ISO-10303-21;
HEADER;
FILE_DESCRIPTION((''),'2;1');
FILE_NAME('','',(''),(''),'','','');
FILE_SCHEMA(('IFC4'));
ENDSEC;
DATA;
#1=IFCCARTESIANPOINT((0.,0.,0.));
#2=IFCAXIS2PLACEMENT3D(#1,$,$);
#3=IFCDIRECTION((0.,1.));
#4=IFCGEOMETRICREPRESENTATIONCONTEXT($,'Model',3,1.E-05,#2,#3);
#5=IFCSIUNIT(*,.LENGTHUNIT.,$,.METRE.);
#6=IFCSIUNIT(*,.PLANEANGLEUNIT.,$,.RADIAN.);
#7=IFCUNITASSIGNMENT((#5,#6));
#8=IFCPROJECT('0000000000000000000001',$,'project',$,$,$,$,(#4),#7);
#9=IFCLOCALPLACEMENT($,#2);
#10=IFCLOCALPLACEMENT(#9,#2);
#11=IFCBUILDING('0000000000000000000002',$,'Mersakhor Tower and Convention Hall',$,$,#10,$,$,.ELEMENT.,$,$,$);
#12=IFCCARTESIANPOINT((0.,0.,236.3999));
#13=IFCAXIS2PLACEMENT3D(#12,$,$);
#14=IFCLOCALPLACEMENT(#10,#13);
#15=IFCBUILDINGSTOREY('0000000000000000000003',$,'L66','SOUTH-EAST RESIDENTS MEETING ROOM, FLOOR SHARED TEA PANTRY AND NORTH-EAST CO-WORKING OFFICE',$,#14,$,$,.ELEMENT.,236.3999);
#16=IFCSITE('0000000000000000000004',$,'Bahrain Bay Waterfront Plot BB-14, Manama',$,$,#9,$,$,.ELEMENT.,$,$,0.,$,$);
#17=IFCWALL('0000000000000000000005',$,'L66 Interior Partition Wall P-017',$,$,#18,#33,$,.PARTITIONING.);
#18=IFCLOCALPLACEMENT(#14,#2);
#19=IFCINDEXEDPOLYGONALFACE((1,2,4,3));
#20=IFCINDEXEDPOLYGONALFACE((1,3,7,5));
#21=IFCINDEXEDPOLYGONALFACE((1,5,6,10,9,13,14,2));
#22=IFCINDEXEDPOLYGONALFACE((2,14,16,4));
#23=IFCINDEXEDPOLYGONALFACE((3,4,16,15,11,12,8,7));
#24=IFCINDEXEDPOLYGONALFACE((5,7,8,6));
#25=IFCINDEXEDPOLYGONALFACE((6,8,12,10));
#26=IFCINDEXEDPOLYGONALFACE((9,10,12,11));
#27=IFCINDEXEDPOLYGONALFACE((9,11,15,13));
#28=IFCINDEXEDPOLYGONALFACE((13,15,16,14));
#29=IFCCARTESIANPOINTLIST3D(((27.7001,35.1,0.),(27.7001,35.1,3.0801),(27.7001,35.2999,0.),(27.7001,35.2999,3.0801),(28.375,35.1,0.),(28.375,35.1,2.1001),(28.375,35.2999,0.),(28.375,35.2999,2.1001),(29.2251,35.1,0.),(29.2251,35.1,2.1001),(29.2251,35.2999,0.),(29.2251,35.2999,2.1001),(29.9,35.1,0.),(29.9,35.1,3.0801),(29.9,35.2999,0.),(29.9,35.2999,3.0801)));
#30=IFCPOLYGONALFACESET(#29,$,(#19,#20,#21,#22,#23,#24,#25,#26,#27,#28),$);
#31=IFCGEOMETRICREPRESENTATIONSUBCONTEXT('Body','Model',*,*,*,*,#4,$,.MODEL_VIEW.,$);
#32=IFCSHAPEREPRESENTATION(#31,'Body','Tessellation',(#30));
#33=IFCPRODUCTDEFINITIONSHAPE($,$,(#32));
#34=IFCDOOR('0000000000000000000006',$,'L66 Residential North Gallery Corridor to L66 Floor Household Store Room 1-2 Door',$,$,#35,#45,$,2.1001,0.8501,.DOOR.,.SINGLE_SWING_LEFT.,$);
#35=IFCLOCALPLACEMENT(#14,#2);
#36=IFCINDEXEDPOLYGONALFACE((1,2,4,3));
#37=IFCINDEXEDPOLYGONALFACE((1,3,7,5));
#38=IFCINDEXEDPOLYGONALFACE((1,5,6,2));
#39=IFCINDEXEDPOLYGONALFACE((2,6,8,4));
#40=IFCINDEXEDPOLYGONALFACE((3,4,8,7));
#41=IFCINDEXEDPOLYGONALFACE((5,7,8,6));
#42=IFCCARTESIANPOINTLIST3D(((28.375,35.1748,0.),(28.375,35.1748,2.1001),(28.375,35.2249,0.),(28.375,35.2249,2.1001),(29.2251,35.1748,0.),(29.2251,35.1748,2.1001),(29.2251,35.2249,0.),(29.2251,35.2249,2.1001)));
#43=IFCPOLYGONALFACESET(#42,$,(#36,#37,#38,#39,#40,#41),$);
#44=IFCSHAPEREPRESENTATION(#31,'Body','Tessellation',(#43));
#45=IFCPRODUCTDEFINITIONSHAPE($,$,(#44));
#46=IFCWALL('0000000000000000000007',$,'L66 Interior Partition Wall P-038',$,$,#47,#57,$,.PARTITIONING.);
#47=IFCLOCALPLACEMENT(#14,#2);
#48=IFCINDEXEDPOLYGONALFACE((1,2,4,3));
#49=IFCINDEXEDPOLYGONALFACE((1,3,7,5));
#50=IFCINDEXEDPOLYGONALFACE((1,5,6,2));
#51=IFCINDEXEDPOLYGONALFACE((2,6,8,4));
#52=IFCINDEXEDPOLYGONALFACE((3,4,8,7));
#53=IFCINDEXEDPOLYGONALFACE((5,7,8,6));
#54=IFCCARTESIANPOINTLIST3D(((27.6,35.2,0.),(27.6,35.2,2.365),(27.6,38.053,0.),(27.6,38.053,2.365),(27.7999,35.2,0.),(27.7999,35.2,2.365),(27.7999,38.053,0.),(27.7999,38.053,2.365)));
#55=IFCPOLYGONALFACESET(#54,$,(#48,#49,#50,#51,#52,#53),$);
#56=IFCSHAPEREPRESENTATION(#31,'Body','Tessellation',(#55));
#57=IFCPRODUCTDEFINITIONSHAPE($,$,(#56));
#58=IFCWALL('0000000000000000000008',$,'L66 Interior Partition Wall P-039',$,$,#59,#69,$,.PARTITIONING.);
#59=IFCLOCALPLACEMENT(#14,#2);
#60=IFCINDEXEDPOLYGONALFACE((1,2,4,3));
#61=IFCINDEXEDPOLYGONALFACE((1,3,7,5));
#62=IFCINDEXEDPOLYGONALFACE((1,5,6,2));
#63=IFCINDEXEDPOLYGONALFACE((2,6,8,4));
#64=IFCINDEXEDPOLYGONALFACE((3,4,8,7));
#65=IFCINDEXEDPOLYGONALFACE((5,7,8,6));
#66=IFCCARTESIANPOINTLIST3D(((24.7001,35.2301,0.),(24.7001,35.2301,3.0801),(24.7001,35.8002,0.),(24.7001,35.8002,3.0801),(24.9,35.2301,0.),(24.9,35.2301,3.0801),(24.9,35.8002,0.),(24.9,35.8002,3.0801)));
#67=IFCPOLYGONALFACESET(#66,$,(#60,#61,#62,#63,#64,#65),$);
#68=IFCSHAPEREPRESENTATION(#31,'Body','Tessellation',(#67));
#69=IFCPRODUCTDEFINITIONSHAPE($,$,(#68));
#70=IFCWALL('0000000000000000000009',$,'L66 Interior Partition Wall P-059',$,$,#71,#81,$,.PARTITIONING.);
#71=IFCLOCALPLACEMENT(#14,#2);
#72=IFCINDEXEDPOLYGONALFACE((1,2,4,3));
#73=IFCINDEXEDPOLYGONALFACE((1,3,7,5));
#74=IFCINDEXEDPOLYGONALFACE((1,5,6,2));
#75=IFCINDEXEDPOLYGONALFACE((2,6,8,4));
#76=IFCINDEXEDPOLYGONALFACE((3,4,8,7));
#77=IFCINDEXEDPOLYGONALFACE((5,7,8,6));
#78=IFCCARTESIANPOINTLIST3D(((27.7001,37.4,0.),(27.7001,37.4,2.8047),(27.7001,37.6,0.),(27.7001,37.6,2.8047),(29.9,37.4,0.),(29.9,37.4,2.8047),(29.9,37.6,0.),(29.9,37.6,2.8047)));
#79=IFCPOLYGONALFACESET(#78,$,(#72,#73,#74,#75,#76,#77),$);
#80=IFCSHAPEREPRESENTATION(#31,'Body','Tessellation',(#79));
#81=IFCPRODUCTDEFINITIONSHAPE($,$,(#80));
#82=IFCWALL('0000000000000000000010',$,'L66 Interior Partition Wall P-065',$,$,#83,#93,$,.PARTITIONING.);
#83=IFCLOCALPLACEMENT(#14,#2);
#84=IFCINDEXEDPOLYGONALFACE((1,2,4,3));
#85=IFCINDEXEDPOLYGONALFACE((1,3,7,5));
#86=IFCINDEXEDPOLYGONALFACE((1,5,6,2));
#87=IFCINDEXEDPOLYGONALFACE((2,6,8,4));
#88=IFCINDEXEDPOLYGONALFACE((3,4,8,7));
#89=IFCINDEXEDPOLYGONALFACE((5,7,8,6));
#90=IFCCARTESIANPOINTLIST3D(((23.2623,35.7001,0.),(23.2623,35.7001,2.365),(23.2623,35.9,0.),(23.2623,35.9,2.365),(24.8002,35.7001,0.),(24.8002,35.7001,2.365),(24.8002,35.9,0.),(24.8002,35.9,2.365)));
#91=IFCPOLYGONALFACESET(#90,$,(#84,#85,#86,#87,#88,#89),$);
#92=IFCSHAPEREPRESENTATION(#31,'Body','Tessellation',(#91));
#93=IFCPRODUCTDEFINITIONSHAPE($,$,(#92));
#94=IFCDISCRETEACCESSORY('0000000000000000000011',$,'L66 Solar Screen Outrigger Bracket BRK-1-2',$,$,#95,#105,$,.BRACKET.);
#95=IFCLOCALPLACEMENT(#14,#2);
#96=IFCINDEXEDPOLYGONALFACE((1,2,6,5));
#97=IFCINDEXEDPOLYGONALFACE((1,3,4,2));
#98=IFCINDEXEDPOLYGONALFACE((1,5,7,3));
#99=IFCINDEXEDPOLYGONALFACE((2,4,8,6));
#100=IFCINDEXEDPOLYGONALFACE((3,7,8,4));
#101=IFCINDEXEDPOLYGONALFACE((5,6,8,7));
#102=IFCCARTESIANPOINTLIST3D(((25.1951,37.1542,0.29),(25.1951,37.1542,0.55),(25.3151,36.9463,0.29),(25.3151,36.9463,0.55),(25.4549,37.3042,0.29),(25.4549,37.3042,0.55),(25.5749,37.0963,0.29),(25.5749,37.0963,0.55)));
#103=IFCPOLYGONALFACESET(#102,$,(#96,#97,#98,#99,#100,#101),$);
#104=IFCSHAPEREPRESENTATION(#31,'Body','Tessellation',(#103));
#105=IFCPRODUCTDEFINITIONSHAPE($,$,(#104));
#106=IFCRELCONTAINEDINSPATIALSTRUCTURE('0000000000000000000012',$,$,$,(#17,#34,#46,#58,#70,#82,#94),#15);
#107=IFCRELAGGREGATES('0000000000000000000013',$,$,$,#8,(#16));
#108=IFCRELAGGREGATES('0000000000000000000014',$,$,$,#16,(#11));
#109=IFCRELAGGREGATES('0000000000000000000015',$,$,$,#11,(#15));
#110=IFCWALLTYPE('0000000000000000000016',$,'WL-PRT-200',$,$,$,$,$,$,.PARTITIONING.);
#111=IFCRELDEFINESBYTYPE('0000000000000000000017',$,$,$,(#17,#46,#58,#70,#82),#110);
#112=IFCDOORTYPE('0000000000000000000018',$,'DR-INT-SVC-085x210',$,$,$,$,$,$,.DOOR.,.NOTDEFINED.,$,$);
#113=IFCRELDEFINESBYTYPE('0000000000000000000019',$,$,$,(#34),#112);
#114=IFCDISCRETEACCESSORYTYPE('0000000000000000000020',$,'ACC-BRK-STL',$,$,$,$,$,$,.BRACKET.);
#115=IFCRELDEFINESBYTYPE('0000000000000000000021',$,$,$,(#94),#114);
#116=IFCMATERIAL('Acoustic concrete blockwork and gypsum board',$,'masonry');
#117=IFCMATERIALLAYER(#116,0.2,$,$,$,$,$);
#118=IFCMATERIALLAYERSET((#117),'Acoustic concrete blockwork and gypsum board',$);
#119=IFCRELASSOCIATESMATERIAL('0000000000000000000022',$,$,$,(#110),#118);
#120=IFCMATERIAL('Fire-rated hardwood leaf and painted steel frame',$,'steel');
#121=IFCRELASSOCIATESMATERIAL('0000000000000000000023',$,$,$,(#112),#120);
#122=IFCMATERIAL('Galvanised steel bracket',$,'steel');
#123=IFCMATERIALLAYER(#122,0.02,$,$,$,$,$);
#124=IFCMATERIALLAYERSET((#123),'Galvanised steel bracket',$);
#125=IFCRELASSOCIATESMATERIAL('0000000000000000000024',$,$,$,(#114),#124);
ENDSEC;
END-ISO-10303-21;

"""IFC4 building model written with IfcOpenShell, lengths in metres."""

from ifc_helpers import new_model, si_unit, direction, frame, frame_2d, origin, origin_2d, place, context, subcontext, project, spatial, rectangle, extrude, material, layer, layer_set, type_object, element, fill, save


model = new_model("IFC4")

# Units and contexts
model_context = context("Model", 3, precision=1e-05, world=origin(), true_north=direction((0.0, 1.0)))
body_context = subcontext(model_context, "Body", "Model", "MODEL_VIEW")
ifc_project = project(units=[si_unit("LENGTHUNIT", "METRE"), si_unit("PLANEANGLEUNIT", "RADIAN")], contexts=[model_context])

# Site, building, storey
site_placement = place(None, origin())
site = spatial("IfcSite", under=ifc_project, at=site_placement, Name="Bahrain Bay Waterfront Plot BB-14, Manama", CompositionType="ELEMENT", RefElevation=0.0)
building_placement = place(site_placement, origin())
building = spatial("IfcBuilding", under=site, at=building_placement, Name="Mersakhor Tower and Convention Hall", CompositionType="ELEMENT")
storey_placement = place(building_placement, frame((0.0, 0.0, 236.3999)))
storey = spatial("IfcBuildingStorey", under=building, at=storey_placement, Name="L66", Description="SOUTH-EAST RESIDENTS MEETING ROOM, FLOOR SHARED TEA PANTRY AND NORTH-EAST CO-WORKING OFFICE", CompositionType="ELEMENT", Elevation=236.3999)

# Wall, opening, door
ifc_material_1 = material(Name="Acoustic concrete blockwork and gypsum board", Category="masonry")
ifc_layer_1 = layer(ifc_material_1, 0.2)
ifc_layer_set_1 = layer_set([ifc_layer_1], Name="Acoustic concrete blockwork and gypsum board")
wall_type_1 = type_object("IfcWallType", Name="WL-PRT-200", PredefinedType="PARTITIONING", material=ifc_layer_set_1)
wall_1_placement = place(storey_placement, frame((27.7, 35.2, 0.0), z_axis=(0.0, 0.0, 1.0), x_axis=(1.0, 0.0, 0.0)))
wall_1 = element("IfcWall", 1, at=wall_1_placement, inside=storey, type_object=wall_type_1, Name="L66 Interior Partition Wall P-017", PredefinedType="PARTITIONING", context=body_context, shape_type="SweptSolid", body=[
    extrude(rectangle(XDim=2.2, YDim=0.2, at=frame_2d((1.1001, 0.0))), origin(), (0.0, 0.0, 1.0), 3.0801),
])
opening_1_placement = place(wall_1_placement, frame((0.675, 0.0, 0.0)))
opening_1 = element("IfcOpeningElement", 2, at=opening_1_placement, cuts=wall_1, PredefinedType="OPENING", context=body_context, shape_type="SweptSolid", body=[
    extrude(rectangle(XDim=0.8501, YDim=2.1001, at=frame_2d((0.425, 1.05))), frame((0.0, 0.1099, 0.0), z_axis=(0.0, -1.0, 0.0), x_axis=(1.0, 0.0, 0.0)), (0.0, 0.0, 1.0), 0.22),
])
ifc_material_2 = material(Name="Fire-rated hardwood leaf and painted steel frame", Category="steel")
door_type = type_object("IfcDoorType", Name="DR-INT-SVC-085x210", OperationType="NOTDEFINED", PredefinedType="DOOR", material=ifc_material_2)
door_placement = place(opening_1_placement, origin())
door = element("IfcDoor", 3, at=door_placement, inside=storey, type_object=door_type, Name="L66 Residential North Gallery Corridor to L66 Floor Household Store Room 1-2 Door", OperationType="SINGLE_SWING_LEFT", OverallHeight=2.1001, OverallWidth=0.8501, PredefinedType="DOOR", context=body_context, shape_type="SweptSolid", body=[
    extrude(rectangle(XDim=0.8501, YDim=2.1001, at=frame_2d((0.425, 1.05))), frame((0.0, 0.0249, 0.0), z_axis=(0.0, -1.0, 0.0), x_axis=(1.0, 0.0, 0.0)), (0.0, 0.0, 1.0), 0.05),
])
fill(opening_1, door)

# Walls
wall_2_placement = place(storey_placement, frame((27.7, 38.053, 0.0), z_axis=(0.0, 0.0, 1.0), x_axis=(0.0, -1.0, 0.0)))
element("IfcWall", 4, at=wall_2_placement, inside=storey, type_object=wall_type_1, Name="L66 Interior Partition Wall P-038", PredefinedType="PARTITIONING", context=body_context, shape_type="SweptSolid", body=[
    extrude(rectangle(XDim=2.853, YDim=0.2, at=frame_2d((1.4265, 0.0))), origin(), (0.0, 0.0, 1.0), 2.365),
])
wall_3_placement = place(storey_placement, frame((24.8, 35.23, 0.0), z_axis=(0.0, 0.0, 1.0), x_axis=(0.0, 1.0, 0.0)))
element("IfcWall", 5, at=wall_3_placement, inside=storey, type_object=wall_type_1, Name="L66 Interior Partition Wall P-039", PredefinedType="PARTITIONING", context=body_context, shape_type="SweptSolid", body=[
    extrude(rectangle(XDim=0.5701, YDim=0.2, at=frame_2d((0.2852, 0.0))), origin(), (0.0, 0.0, 1.0), 3.0801),
])
wall_4_placement = place(storey_placement, frame((27.7, 37.5, 0.0), z_axis=(0.0, 0.0, 1.0), x_axis=(1.0, 0.0, 0.0)))
element("IfcWall", 6, at=wall_4_placement, inside=storey, type_object=wall_type_1, Name="L66 Interior Partition Wall P-059", PredefinedType="PARTITIONING", context=body_context, shape_type="SweptSolid", body=[
    extrude(rectangle(XDim=2.2, YDim=0.2, at=frame_2d((1.1001, 0.0))), origin(), (0.0, 0.0, 1.0), 2.8047),
])
wall_5_placement = place(storey_placement, frame((23.2622, 35.8, 0.0), z_axis=(0.0, 0.0, 1.0), x_axis=(1.0, 0.0, 0.0)))
element("IfcWall", 7, at=wall_5_placement, inside=storey, type_object=wall_type_1, Name="L66 Interior Partition Wall P-065", PredefinedType="PARTITIONING", context=body_context, shape_type="SweptSolid", body=[
    extrude(rectangle(XDim=1.5378, YDim=0.2, at=frame_2d((0.769, 0.0))), origin(), (0.0, 0.0, 1.0), 2.365),
])

# Discrete accessory
ifc_material_3 = material(Name="Galvanised steel bracket", Category="steel")
ifc_layer_2 = layer(ifc_material_3, 0.02)
ifc_layer_set_2 = layer_set([ifc_layer_2], Name="Galvanised steel bracket")
discrete_accessory_type = type_object("IfcDiscreteAccessoryType", Name="ACC-BRK-STL", PredefinedType="BRACKET", material=ifc_layer_set_2)
discrete_accessory_placement = place(storey_placement, frame((25.385, 37.1252, 0.29), z_axis=(0.0, 0.0, 1.0), x_axis=(0.866025, 0.5, 0.0)))
element("IfcDiscreteAccessory", 8, at=discrete_accessory_placement, inside=storey, type_object=discrete_accessory_type, Name="L66 Solar Screen Outrigger Bracket BRK-1-2", PredefinedType="BRACKET", context=body_context, shape_type="SweptSolid", body=[
    extrude(rectangle(XDim=0.3, YDim=0.24, at=origin_2d()), origin(), (0.0, 0.0, 1.0), 0.26),
])

save(model, "model.ifc")
